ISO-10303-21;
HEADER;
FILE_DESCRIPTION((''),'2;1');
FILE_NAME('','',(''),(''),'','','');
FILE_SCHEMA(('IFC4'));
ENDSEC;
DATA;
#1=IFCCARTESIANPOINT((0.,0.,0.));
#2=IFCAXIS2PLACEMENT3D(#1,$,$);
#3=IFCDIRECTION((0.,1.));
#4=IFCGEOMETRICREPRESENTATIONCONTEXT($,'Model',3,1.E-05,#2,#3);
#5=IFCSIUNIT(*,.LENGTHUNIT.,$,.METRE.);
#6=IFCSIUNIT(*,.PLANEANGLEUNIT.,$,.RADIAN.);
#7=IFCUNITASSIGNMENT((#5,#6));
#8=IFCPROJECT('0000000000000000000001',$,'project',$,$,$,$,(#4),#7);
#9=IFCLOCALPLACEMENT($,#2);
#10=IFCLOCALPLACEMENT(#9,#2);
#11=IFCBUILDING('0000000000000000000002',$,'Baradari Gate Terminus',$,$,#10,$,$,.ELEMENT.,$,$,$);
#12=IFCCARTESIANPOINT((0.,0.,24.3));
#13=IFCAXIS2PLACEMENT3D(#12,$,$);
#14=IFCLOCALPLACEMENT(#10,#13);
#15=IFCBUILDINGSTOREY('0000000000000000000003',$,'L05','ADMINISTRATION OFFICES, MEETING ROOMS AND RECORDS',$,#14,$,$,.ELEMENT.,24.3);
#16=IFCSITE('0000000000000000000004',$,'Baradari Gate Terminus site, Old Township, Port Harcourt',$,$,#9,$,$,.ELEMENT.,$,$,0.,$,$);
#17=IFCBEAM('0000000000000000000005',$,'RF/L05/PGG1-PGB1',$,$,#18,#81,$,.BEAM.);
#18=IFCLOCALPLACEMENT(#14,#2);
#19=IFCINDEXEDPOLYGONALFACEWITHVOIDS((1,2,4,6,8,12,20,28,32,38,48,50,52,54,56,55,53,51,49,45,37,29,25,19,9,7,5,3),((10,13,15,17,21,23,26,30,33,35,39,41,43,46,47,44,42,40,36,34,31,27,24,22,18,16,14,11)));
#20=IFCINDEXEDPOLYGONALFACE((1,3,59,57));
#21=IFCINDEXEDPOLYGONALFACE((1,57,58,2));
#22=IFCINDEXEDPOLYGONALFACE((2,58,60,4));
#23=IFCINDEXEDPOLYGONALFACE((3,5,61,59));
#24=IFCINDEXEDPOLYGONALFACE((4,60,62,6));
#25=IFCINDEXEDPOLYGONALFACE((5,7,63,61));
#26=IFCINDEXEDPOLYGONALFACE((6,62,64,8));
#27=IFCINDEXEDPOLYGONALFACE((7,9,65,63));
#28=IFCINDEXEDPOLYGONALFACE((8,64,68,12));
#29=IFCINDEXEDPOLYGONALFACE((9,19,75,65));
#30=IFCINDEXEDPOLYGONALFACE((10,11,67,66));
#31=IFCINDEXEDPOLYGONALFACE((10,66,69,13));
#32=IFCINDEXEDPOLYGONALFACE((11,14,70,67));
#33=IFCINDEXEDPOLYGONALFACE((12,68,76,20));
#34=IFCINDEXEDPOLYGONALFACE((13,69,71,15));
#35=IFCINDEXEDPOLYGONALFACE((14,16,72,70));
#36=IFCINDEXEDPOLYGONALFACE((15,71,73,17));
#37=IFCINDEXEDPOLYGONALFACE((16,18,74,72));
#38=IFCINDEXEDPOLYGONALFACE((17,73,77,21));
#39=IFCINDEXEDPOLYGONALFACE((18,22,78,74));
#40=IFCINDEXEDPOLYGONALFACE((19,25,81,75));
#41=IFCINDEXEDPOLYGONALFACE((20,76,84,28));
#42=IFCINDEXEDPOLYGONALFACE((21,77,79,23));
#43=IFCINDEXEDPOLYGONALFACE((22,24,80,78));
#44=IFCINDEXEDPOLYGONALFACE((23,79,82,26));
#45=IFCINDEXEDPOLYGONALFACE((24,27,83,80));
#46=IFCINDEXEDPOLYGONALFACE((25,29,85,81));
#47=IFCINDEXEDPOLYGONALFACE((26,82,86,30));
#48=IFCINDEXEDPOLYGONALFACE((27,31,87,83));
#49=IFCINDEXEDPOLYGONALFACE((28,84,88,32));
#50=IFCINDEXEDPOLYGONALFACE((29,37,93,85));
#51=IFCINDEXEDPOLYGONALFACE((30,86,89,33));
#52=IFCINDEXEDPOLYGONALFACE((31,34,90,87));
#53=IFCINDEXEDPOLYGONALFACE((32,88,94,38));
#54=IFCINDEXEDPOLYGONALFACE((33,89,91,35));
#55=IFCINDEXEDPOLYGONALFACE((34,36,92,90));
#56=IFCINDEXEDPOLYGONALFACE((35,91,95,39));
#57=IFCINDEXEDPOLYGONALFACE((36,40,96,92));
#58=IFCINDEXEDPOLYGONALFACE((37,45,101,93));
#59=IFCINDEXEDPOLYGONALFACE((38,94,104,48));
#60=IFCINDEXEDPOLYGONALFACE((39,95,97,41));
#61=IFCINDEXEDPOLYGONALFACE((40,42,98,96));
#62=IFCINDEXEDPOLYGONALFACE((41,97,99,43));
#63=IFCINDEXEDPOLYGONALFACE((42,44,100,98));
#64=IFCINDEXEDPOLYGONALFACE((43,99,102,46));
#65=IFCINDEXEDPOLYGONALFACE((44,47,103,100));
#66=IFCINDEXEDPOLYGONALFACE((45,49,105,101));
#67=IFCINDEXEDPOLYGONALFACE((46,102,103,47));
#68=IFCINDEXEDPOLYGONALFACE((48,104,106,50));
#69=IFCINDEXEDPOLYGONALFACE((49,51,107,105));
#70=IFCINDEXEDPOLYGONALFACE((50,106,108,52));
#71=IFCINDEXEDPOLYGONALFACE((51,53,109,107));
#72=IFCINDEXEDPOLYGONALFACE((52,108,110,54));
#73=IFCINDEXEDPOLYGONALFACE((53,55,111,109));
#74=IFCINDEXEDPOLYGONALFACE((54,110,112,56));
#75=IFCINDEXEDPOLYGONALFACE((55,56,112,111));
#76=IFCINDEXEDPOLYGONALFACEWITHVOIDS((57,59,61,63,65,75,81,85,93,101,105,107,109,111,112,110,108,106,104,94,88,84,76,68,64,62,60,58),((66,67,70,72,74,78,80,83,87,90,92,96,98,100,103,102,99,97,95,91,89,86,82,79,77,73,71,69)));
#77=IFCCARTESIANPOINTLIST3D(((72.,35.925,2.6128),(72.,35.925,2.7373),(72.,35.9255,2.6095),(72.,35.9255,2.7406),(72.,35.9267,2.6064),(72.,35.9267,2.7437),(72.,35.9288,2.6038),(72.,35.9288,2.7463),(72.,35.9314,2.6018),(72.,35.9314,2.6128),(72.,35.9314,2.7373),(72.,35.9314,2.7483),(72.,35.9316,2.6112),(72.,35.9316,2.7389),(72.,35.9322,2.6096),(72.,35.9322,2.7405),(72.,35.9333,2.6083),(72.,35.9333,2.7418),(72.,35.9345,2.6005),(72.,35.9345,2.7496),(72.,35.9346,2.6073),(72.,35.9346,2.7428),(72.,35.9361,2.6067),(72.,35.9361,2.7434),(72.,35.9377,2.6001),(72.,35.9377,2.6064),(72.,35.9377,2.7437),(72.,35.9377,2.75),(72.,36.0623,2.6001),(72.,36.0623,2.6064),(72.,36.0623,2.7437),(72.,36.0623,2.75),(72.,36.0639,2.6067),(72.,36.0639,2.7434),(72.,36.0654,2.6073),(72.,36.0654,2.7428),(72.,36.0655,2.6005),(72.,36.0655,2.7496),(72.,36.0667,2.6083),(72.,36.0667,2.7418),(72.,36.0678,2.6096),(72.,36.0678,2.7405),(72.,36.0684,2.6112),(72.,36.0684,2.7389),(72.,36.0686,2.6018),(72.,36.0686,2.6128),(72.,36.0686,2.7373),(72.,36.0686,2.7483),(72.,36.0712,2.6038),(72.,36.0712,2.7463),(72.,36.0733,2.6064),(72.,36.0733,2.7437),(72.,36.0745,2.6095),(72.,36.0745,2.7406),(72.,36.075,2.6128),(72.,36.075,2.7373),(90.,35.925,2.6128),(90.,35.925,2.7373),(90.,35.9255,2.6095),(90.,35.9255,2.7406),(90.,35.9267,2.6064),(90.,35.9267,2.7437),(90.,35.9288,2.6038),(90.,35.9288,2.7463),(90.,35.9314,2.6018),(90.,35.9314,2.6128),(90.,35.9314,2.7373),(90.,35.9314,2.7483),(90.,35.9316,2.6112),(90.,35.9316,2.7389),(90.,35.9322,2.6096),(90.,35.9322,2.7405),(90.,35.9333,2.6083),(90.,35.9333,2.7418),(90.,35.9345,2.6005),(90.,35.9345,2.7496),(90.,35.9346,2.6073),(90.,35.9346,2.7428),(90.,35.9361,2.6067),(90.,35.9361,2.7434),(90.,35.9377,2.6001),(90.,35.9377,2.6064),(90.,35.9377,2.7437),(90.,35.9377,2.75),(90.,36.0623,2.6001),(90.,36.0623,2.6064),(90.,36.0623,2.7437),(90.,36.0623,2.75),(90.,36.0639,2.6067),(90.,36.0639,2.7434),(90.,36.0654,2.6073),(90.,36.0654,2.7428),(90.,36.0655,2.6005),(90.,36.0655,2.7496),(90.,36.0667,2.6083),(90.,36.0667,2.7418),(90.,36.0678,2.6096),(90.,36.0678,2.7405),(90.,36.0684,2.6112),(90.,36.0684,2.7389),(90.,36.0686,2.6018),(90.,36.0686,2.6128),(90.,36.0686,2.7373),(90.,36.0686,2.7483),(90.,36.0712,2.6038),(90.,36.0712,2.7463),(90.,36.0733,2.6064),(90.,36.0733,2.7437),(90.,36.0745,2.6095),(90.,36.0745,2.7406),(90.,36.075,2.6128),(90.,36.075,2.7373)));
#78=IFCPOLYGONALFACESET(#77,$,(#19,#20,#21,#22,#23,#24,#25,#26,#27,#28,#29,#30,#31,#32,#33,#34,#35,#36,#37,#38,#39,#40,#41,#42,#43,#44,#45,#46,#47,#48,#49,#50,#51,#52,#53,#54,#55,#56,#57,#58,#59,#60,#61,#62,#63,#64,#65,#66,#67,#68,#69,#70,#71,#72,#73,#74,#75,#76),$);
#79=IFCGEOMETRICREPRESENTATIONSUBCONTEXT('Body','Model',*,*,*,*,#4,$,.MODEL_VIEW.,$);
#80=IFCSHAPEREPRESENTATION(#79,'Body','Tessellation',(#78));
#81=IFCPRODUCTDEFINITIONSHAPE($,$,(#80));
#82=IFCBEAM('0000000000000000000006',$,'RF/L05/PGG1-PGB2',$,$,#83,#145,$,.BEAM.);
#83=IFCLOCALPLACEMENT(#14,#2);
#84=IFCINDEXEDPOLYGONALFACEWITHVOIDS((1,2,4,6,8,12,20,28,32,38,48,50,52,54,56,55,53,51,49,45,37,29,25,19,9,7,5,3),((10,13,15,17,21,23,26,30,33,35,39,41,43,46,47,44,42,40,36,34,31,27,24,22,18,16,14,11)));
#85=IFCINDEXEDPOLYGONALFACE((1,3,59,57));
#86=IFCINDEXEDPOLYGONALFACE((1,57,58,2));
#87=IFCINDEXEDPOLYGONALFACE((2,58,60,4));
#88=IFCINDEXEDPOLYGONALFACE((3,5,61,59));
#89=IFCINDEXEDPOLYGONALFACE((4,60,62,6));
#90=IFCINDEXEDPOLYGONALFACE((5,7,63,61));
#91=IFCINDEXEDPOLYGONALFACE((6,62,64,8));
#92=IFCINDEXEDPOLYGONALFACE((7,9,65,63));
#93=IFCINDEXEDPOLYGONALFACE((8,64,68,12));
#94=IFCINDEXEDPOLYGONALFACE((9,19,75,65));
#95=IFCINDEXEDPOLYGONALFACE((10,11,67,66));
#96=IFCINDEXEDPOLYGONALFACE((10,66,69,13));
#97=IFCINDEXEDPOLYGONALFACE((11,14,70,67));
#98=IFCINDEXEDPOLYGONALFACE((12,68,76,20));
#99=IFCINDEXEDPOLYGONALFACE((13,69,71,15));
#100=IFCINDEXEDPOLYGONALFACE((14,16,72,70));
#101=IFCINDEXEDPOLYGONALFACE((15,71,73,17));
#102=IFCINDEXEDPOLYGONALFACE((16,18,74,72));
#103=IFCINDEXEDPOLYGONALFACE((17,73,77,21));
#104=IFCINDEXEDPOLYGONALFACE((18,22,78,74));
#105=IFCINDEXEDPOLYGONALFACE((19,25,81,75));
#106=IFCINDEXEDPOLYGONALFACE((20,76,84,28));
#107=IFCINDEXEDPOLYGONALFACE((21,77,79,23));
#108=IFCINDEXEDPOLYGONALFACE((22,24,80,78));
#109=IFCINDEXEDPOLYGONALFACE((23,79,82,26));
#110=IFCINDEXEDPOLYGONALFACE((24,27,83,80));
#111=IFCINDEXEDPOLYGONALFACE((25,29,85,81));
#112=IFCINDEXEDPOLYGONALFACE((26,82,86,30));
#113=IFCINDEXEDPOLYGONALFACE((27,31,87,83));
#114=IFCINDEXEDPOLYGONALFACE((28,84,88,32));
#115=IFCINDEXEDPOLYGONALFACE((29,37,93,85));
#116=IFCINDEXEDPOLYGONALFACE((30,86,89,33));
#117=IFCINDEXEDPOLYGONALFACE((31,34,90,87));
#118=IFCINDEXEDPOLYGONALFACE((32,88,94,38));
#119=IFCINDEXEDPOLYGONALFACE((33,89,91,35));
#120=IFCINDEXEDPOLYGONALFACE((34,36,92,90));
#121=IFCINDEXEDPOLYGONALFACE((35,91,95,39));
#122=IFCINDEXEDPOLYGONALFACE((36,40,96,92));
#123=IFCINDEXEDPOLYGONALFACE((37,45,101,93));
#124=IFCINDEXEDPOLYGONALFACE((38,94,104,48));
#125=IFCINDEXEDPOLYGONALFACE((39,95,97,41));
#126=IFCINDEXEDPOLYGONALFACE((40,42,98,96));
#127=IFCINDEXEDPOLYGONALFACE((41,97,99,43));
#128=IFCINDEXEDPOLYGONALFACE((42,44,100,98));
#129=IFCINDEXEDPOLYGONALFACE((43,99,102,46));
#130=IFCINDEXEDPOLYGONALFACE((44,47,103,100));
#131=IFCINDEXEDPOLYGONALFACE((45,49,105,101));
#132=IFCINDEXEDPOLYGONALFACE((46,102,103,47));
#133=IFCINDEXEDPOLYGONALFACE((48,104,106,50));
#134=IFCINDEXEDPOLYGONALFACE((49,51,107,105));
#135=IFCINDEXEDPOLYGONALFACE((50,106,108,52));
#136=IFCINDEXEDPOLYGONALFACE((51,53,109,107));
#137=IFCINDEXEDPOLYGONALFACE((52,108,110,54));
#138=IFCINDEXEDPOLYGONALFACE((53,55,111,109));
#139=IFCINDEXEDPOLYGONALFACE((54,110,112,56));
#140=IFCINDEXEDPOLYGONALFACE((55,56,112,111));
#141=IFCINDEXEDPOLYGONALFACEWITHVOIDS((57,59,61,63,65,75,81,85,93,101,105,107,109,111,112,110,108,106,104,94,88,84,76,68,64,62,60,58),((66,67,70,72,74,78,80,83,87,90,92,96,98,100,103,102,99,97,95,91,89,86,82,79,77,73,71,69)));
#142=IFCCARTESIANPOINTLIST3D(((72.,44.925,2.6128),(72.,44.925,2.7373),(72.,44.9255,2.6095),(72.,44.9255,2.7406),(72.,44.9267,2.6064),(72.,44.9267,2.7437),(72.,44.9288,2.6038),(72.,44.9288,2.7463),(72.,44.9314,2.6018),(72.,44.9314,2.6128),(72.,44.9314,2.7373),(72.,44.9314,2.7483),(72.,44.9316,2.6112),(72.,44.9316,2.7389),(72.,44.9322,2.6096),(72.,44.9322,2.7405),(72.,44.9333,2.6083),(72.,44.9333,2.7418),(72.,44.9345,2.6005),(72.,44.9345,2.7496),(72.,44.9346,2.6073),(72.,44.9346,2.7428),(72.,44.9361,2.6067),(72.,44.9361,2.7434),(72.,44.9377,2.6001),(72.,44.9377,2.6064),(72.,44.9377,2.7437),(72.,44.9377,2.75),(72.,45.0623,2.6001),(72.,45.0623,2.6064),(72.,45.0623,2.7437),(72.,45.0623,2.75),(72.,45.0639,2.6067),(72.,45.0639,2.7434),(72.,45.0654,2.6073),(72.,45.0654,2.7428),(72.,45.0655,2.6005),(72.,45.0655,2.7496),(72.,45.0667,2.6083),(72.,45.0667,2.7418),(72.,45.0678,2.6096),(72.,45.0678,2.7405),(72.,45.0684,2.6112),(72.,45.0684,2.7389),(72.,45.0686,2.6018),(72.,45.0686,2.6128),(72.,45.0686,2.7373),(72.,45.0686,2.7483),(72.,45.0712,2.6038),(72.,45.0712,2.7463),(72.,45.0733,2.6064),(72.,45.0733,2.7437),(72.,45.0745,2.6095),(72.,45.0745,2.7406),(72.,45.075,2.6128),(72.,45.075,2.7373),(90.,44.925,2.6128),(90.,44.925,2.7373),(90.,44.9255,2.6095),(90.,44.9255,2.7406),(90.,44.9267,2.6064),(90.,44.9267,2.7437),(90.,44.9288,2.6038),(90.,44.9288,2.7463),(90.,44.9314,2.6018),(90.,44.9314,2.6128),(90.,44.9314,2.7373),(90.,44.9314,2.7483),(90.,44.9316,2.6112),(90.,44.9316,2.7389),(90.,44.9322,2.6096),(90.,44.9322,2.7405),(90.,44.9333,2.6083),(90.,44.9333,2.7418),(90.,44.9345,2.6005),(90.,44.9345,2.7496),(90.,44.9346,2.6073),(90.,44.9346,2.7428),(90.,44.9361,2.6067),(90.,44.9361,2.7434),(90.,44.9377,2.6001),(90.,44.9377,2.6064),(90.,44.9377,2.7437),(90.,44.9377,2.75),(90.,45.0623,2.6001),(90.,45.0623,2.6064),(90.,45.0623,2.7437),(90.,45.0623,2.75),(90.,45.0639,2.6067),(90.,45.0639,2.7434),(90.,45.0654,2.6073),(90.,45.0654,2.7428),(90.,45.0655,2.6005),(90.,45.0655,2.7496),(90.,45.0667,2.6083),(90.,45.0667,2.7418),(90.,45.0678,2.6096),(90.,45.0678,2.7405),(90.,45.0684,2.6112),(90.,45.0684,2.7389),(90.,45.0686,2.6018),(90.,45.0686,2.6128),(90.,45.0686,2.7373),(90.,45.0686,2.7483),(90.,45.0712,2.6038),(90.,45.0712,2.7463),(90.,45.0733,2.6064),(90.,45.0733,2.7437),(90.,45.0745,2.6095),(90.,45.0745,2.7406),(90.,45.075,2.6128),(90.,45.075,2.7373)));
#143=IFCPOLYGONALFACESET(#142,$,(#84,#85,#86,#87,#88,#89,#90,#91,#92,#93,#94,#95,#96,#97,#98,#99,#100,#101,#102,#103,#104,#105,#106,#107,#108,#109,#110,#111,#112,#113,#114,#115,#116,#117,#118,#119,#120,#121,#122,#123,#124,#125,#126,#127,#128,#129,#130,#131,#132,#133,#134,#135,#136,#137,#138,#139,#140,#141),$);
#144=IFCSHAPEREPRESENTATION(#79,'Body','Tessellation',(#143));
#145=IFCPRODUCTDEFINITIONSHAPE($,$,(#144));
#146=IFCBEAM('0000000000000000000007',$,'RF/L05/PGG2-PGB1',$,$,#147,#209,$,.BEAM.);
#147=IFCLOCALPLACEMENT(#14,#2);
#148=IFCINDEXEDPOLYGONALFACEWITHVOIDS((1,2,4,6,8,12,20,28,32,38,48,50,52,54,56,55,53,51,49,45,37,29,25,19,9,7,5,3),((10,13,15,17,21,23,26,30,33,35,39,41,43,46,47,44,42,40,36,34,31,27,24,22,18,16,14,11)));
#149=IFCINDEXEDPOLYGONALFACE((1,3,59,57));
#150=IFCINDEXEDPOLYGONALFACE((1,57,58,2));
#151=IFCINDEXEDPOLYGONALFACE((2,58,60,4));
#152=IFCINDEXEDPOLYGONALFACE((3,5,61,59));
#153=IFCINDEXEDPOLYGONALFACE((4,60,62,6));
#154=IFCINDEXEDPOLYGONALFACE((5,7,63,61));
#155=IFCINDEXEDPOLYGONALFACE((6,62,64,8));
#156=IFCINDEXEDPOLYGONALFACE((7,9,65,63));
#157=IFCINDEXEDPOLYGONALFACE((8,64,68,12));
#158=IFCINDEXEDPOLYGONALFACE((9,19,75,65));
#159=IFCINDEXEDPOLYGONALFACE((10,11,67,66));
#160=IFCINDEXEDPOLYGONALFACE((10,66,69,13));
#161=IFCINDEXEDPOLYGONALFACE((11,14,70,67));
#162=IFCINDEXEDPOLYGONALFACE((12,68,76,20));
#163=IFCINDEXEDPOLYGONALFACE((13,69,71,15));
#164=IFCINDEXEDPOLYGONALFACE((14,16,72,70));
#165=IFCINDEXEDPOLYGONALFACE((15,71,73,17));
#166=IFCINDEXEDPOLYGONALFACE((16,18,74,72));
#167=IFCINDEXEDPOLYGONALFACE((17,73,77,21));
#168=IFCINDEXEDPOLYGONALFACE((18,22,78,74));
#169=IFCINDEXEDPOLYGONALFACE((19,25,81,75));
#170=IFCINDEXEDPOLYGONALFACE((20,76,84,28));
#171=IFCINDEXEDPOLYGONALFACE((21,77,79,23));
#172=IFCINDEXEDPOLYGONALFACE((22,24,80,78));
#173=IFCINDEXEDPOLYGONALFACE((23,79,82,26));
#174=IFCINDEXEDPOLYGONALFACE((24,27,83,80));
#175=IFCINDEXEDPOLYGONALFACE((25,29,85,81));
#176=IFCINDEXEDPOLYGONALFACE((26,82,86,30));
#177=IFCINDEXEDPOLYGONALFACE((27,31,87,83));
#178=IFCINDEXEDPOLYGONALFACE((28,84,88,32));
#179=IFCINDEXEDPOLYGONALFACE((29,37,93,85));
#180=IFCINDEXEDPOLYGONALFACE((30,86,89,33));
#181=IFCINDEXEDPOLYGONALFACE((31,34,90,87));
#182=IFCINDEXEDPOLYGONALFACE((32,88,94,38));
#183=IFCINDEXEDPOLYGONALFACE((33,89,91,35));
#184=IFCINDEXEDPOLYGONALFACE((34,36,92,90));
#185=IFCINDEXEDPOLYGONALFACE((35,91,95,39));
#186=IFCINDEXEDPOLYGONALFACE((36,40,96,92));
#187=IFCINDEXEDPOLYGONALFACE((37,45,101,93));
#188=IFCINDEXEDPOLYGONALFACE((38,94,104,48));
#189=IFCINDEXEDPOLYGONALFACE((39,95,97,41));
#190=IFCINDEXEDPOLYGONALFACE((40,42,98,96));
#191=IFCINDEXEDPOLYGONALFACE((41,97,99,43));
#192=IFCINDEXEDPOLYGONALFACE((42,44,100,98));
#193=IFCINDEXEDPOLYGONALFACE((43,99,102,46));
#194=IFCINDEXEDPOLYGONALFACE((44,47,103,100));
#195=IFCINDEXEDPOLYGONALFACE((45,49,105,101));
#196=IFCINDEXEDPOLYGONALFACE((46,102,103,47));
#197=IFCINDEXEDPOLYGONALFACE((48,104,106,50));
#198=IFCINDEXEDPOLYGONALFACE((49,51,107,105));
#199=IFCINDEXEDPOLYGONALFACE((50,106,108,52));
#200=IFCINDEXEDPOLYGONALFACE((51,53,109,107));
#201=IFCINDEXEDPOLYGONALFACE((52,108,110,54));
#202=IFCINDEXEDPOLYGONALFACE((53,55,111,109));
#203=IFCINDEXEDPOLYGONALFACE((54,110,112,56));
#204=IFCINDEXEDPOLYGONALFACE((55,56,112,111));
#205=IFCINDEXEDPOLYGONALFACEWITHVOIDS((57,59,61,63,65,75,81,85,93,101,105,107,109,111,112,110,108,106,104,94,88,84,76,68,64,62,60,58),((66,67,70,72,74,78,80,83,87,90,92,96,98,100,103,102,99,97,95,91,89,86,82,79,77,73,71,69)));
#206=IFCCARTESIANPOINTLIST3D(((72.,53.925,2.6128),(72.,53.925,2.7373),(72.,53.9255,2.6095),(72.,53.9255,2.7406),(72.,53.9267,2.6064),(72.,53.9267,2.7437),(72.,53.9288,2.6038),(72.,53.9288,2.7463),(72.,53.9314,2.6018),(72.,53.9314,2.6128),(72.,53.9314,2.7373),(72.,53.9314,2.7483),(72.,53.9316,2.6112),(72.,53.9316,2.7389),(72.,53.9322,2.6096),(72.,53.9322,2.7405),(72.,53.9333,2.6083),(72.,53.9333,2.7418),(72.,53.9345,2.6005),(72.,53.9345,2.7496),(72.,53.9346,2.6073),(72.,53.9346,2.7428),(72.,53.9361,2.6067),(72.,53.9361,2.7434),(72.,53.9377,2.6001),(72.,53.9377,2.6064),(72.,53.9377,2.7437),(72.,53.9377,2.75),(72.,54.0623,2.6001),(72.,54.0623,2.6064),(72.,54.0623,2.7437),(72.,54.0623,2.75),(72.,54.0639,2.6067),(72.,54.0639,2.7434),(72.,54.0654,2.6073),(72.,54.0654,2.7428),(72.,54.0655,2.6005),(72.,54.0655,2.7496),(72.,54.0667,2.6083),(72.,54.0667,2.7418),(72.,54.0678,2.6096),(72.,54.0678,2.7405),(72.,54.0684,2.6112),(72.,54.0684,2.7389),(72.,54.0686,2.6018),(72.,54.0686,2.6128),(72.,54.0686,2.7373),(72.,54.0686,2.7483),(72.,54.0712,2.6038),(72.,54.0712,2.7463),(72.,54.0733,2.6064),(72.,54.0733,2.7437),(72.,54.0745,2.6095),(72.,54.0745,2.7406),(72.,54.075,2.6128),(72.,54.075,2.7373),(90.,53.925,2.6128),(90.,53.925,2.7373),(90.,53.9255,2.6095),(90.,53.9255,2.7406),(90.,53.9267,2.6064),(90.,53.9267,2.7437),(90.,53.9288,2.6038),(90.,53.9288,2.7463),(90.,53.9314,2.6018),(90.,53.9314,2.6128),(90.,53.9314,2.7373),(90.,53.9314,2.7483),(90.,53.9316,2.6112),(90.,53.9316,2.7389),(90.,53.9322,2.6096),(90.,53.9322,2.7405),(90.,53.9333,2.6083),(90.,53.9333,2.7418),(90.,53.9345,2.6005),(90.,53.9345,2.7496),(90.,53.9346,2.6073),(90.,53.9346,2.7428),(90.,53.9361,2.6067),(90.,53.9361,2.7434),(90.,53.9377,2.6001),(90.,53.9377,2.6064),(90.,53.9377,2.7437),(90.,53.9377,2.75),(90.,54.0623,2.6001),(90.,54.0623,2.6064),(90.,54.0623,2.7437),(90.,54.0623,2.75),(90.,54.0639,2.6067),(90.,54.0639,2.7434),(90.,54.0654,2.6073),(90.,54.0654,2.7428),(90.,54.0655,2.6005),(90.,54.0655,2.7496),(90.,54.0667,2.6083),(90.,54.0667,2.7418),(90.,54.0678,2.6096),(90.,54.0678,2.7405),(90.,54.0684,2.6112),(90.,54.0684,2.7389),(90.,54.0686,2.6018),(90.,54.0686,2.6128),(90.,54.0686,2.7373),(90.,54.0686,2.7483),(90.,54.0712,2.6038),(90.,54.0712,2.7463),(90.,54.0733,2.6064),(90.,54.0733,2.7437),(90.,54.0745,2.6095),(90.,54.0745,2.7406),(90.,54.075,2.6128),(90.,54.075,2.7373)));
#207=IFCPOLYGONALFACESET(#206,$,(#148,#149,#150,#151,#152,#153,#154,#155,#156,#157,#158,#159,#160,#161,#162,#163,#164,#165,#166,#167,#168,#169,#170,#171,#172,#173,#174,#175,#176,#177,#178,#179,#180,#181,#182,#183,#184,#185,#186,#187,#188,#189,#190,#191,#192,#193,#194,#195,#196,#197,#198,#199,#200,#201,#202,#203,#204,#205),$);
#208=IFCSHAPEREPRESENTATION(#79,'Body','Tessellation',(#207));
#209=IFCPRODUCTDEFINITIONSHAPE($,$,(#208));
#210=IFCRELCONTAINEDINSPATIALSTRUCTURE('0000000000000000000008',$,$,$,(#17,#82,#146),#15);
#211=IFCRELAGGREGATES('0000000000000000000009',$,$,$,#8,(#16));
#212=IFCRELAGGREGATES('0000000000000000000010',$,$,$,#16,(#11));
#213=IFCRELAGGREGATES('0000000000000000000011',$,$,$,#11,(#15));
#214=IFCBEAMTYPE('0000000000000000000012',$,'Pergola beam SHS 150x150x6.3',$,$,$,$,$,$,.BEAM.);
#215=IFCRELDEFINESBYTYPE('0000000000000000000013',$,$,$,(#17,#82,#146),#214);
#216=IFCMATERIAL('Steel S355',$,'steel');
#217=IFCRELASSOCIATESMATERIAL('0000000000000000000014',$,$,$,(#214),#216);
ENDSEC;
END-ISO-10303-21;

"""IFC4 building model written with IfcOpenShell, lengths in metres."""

from ifc_helpers import new_model, si_unit, direction, frame, origin, origin_2d, place, context, subcontext, project, spatial, hollow_rectangle, extrude, material, material_profile, profile_set, type_object, element, save


model = new_model("IFC4")

# Units and contexts
model_context = context("Model", 3, precision=1e-05, world=origin(), true_north=direction((0.0, 1.0)))
body_context = subcontext(model_context, "Body", "Model", "MODEL_VIEW")
ifc_project = project(units=[si_unit("LENGTHUNIT", "METRE"), si_unit("PLANEANGLEUNIT", "RADIAN")], contexts=[model_context])

# Site, building, storey
site_placement = place(None, origin())
site = spatial("IfcSite", under=ifc_project, at=site_placement, Name="Baradari Gate Terminus site, Old Township, Port Harcourt", CompositionType="ELEMENT", RefElevation=0.0)
building_placement = place(site_placement, origin())
building = spatial("IfcBuilding", under=site, at=building_placement, Name="Baradari Gate Terminus", CompositionType="ELEMENT")
storey_placement = place(building_placement, frame((0.0, 0.0, 24.3)))
storey = spatial("IfcBuildingStorey", under=building, at=storey_placement, Name="L05", Description="ADMINISTRATION OFFICES, MEETING ROOMS AND RECORDS", CompositionType="ELEMENT", Elevation=24.3)

# Beams
ifc_material_1 = material(Name="Steel S355", Category="steel")
ifc_material_profile_1 = material_profile(ifc_material_1, hollow_rectangle(XDim=0.1499, YDim=0.1499, WallThickness=0.0063, InnerFilletRadius=0.0063, OuterFilletRadius=0.0127, at=origin_2d()), Name="SHS 150x150x6.3")
ifc_profile_set_1 = profile_set([ifc_material_profile_1], Name="Steel S355")
beam_type = type_object("IfcBeamType", Name="Pergola beam SHS 150x150x6.3", PredefinedType="BEAM", material=ifc_profile_set_1)
for number, where, z_axis, x_axis, name in (
    (1, (72.0, 36.0, 2.675), (1.0, 0.0, 0.0), (0.0, 1.0, 0.0), "RF/L05/PGG1-PGB1"),
    (2, (72.0, 45.0, 2.675), (1.0, 0.0, 0.0), (0.0, 1.0, 0.0), "RF/L05/PGG1-PGB2"),
    (3, (72.0, 54.0, 2.675), (1.0, 0.0, 0.0), (0.0, 1.0, 0.0), "RF/L05/PGG2-PGB1"),
):
    element("IfcBeam", number, at=place(storey_placement, frame(where, z_axis=z_axis, x_axis=x_axis)), inside=storey, type_object=beam_type, Name=name, PredefinedType="BEAM", context=body_context, shape_type="SweptSolid", body=[
        extrude(hollow_rectangle(XDim=0.1499, YDim=0.1499, WallThickness=0.0063, InnerFilletRadius=0.0063, OuterFilletRadius=0.0127, at=origin_2d()), origin(), (0.0, 0.0, 1.0), 18.0),
    ])

save(model, "model.ifc")
